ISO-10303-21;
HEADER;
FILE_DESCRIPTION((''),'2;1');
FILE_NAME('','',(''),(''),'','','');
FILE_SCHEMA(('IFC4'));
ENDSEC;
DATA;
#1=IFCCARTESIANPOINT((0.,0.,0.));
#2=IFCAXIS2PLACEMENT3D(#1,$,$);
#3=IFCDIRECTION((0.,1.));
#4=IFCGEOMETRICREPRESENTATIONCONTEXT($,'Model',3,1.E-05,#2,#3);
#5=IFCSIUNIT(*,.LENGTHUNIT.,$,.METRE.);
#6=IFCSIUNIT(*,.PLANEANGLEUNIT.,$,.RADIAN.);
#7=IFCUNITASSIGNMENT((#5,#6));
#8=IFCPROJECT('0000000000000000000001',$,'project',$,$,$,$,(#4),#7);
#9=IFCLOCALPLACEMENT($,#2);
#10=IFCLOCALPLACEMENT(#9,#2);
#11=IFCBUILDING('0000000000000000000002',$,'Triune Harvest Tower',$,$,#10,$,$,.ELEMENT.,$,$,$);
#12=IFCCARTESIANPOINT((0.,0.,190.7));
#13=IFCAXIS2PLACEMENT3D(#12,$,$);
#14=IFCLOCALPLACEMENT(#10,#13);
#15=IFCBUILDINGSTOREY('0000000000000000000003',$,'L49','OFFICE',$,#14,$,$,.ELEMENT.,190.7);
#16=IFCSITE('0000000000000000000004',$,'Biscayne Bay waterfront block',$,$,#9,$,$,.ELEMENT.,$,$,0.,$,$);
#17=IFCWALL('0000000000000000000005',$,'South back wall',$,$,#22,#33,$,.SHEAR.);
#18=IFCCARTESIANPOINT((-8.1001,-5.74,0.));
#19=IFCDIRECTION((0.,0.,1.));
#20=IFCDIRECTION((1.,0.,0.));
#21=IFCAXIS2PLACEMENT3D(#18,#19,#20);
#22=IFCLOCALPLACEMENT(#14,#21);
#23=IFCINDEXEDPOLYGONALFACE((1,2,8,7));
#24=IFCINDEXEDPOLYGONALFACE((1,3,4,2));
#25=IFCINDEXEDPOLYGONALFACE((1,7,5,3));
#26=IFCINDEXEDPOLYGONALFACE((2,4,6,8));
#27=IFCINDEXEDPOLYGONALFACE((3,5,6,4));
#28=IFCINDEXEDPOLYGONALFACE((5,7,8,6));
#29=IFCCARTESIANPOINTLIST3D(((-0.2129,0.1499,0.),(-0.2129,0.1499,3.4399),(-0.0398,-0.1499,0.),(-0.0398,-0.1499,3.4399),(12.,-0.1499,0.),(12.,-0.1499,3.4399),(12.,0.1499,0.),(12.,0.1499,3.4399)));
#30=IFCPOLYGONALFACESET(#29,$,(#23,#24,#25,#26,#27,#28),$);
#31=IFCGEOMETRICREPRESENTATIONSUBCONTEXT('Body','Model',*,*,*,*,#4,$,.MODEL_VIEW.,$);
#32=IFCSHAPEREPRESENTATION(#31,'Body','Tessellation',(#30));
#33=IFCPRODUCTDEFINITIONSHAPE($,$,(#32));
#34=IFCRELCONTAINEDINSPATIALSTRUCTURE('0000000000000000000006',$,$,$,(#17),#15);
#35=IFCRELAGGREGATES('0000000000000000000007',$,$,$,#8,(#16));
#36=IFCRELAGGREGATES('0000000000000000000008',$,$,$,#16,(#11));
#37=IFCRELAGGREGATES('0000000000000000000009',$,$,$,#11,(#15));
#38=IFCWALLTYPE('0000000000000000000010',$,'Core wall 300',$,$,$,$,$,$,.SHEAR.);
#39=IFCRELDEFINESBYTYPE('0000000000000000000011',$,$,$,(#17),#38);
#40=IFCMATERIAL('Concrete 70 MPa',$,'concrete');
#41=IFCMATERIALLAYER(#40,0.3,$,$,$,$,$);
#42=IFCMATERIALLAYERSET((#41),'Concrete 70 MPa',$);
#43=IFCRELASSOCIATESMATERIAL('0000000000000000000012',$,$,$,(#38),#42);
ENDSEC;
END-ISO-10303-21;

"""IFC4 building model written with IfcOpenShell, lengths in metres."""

from ifc_helpers import new_model, si_unit, direction, frame, origin, place, context, subcontext, project, spatial, polyline, outline, extrude, source, transform, mapped, material, layer, layer_set, type_object, element, save


model = new_model("IFC4")

# Units and contexts
model_context = context("Model", 3, precision=1e-05, world=origin(), true_north=direction((0.0, 1.0)))
body_context = subcontext(model_context, "Body", "Model", "MODEL_VIEW")
ifc_project = project(units=[si_unit("LENGTHUNIT", "METRE"), si_unit("PLANEANGLEUNIT", "RADIAN")], contexts=[model_context])

# Site, building, storey
site_placement = place(None, origin())
site = spatial("IfcSite", under=ifc_project, at=site_placement, Name="Biscayne Bay waterfront block", CompositionType="ELEMENT", RefElevation=0.0)
building_placement = place(site_placement, origin())
building = spatial("IfcBuilding", under=site, at=building_placement, Name="Triune Harvest Tower", CompositionType="ELEMENT")
storey_placement = place(building_placement, frame((0.0, 0.0, 190.7)))
storey = spatial("IfcBuildingStorey", under=building, at=storey_placement, Name="L49", Description="OFFICE", CompositionType="ELEMENT", Elevation=190.7)

# Shared definitions
ifc_material_1 = material(Name="Concrete 70 MPa", Category="concrete")
ifc_layer_1 = layer(ifc_material_1, 0.3)
ifc_layer_set_1 = layer_set([ifc_layer_1], Name="Concrete 70 MPa")
wall_type_1 = type_object("IfcWallType", Name="Core wall 300", PredefinedType="SHEAR", material=ifc_layer_set_1)

# Wall
shared_shape_1 = source(origin(), body_context, "Body", "SweptSolid", [
    extrude(outline(polyline([(12.0, -0.1499), (-0.0398, -0.1499), (-0.2129, 0.1499), (12.0, 0.1499), (12.0, -0.1499)])), origin(), (0.0, 0.0, 1.0), 3.4399),
])
wall_1_placement = place(storey_placement, frame((-8.1001, -5.74, 0.0), z_axis=(0.0, 0.0, 1.0), x_axis=(1.0, 0.0, 0.0)))
element("IfcWall", 1, at=wall_1_placement, inside=storey, type_object=wall_type_1, Name="South back wall", PredefinedType="SHEAR", context=body_context, shape_type="MappedRepresentation", body=[
    mapped(shared_shape_1, transform((0.0, 0.0, 0.0), scale=1.0)),
])

save(model, "model.ifc")
